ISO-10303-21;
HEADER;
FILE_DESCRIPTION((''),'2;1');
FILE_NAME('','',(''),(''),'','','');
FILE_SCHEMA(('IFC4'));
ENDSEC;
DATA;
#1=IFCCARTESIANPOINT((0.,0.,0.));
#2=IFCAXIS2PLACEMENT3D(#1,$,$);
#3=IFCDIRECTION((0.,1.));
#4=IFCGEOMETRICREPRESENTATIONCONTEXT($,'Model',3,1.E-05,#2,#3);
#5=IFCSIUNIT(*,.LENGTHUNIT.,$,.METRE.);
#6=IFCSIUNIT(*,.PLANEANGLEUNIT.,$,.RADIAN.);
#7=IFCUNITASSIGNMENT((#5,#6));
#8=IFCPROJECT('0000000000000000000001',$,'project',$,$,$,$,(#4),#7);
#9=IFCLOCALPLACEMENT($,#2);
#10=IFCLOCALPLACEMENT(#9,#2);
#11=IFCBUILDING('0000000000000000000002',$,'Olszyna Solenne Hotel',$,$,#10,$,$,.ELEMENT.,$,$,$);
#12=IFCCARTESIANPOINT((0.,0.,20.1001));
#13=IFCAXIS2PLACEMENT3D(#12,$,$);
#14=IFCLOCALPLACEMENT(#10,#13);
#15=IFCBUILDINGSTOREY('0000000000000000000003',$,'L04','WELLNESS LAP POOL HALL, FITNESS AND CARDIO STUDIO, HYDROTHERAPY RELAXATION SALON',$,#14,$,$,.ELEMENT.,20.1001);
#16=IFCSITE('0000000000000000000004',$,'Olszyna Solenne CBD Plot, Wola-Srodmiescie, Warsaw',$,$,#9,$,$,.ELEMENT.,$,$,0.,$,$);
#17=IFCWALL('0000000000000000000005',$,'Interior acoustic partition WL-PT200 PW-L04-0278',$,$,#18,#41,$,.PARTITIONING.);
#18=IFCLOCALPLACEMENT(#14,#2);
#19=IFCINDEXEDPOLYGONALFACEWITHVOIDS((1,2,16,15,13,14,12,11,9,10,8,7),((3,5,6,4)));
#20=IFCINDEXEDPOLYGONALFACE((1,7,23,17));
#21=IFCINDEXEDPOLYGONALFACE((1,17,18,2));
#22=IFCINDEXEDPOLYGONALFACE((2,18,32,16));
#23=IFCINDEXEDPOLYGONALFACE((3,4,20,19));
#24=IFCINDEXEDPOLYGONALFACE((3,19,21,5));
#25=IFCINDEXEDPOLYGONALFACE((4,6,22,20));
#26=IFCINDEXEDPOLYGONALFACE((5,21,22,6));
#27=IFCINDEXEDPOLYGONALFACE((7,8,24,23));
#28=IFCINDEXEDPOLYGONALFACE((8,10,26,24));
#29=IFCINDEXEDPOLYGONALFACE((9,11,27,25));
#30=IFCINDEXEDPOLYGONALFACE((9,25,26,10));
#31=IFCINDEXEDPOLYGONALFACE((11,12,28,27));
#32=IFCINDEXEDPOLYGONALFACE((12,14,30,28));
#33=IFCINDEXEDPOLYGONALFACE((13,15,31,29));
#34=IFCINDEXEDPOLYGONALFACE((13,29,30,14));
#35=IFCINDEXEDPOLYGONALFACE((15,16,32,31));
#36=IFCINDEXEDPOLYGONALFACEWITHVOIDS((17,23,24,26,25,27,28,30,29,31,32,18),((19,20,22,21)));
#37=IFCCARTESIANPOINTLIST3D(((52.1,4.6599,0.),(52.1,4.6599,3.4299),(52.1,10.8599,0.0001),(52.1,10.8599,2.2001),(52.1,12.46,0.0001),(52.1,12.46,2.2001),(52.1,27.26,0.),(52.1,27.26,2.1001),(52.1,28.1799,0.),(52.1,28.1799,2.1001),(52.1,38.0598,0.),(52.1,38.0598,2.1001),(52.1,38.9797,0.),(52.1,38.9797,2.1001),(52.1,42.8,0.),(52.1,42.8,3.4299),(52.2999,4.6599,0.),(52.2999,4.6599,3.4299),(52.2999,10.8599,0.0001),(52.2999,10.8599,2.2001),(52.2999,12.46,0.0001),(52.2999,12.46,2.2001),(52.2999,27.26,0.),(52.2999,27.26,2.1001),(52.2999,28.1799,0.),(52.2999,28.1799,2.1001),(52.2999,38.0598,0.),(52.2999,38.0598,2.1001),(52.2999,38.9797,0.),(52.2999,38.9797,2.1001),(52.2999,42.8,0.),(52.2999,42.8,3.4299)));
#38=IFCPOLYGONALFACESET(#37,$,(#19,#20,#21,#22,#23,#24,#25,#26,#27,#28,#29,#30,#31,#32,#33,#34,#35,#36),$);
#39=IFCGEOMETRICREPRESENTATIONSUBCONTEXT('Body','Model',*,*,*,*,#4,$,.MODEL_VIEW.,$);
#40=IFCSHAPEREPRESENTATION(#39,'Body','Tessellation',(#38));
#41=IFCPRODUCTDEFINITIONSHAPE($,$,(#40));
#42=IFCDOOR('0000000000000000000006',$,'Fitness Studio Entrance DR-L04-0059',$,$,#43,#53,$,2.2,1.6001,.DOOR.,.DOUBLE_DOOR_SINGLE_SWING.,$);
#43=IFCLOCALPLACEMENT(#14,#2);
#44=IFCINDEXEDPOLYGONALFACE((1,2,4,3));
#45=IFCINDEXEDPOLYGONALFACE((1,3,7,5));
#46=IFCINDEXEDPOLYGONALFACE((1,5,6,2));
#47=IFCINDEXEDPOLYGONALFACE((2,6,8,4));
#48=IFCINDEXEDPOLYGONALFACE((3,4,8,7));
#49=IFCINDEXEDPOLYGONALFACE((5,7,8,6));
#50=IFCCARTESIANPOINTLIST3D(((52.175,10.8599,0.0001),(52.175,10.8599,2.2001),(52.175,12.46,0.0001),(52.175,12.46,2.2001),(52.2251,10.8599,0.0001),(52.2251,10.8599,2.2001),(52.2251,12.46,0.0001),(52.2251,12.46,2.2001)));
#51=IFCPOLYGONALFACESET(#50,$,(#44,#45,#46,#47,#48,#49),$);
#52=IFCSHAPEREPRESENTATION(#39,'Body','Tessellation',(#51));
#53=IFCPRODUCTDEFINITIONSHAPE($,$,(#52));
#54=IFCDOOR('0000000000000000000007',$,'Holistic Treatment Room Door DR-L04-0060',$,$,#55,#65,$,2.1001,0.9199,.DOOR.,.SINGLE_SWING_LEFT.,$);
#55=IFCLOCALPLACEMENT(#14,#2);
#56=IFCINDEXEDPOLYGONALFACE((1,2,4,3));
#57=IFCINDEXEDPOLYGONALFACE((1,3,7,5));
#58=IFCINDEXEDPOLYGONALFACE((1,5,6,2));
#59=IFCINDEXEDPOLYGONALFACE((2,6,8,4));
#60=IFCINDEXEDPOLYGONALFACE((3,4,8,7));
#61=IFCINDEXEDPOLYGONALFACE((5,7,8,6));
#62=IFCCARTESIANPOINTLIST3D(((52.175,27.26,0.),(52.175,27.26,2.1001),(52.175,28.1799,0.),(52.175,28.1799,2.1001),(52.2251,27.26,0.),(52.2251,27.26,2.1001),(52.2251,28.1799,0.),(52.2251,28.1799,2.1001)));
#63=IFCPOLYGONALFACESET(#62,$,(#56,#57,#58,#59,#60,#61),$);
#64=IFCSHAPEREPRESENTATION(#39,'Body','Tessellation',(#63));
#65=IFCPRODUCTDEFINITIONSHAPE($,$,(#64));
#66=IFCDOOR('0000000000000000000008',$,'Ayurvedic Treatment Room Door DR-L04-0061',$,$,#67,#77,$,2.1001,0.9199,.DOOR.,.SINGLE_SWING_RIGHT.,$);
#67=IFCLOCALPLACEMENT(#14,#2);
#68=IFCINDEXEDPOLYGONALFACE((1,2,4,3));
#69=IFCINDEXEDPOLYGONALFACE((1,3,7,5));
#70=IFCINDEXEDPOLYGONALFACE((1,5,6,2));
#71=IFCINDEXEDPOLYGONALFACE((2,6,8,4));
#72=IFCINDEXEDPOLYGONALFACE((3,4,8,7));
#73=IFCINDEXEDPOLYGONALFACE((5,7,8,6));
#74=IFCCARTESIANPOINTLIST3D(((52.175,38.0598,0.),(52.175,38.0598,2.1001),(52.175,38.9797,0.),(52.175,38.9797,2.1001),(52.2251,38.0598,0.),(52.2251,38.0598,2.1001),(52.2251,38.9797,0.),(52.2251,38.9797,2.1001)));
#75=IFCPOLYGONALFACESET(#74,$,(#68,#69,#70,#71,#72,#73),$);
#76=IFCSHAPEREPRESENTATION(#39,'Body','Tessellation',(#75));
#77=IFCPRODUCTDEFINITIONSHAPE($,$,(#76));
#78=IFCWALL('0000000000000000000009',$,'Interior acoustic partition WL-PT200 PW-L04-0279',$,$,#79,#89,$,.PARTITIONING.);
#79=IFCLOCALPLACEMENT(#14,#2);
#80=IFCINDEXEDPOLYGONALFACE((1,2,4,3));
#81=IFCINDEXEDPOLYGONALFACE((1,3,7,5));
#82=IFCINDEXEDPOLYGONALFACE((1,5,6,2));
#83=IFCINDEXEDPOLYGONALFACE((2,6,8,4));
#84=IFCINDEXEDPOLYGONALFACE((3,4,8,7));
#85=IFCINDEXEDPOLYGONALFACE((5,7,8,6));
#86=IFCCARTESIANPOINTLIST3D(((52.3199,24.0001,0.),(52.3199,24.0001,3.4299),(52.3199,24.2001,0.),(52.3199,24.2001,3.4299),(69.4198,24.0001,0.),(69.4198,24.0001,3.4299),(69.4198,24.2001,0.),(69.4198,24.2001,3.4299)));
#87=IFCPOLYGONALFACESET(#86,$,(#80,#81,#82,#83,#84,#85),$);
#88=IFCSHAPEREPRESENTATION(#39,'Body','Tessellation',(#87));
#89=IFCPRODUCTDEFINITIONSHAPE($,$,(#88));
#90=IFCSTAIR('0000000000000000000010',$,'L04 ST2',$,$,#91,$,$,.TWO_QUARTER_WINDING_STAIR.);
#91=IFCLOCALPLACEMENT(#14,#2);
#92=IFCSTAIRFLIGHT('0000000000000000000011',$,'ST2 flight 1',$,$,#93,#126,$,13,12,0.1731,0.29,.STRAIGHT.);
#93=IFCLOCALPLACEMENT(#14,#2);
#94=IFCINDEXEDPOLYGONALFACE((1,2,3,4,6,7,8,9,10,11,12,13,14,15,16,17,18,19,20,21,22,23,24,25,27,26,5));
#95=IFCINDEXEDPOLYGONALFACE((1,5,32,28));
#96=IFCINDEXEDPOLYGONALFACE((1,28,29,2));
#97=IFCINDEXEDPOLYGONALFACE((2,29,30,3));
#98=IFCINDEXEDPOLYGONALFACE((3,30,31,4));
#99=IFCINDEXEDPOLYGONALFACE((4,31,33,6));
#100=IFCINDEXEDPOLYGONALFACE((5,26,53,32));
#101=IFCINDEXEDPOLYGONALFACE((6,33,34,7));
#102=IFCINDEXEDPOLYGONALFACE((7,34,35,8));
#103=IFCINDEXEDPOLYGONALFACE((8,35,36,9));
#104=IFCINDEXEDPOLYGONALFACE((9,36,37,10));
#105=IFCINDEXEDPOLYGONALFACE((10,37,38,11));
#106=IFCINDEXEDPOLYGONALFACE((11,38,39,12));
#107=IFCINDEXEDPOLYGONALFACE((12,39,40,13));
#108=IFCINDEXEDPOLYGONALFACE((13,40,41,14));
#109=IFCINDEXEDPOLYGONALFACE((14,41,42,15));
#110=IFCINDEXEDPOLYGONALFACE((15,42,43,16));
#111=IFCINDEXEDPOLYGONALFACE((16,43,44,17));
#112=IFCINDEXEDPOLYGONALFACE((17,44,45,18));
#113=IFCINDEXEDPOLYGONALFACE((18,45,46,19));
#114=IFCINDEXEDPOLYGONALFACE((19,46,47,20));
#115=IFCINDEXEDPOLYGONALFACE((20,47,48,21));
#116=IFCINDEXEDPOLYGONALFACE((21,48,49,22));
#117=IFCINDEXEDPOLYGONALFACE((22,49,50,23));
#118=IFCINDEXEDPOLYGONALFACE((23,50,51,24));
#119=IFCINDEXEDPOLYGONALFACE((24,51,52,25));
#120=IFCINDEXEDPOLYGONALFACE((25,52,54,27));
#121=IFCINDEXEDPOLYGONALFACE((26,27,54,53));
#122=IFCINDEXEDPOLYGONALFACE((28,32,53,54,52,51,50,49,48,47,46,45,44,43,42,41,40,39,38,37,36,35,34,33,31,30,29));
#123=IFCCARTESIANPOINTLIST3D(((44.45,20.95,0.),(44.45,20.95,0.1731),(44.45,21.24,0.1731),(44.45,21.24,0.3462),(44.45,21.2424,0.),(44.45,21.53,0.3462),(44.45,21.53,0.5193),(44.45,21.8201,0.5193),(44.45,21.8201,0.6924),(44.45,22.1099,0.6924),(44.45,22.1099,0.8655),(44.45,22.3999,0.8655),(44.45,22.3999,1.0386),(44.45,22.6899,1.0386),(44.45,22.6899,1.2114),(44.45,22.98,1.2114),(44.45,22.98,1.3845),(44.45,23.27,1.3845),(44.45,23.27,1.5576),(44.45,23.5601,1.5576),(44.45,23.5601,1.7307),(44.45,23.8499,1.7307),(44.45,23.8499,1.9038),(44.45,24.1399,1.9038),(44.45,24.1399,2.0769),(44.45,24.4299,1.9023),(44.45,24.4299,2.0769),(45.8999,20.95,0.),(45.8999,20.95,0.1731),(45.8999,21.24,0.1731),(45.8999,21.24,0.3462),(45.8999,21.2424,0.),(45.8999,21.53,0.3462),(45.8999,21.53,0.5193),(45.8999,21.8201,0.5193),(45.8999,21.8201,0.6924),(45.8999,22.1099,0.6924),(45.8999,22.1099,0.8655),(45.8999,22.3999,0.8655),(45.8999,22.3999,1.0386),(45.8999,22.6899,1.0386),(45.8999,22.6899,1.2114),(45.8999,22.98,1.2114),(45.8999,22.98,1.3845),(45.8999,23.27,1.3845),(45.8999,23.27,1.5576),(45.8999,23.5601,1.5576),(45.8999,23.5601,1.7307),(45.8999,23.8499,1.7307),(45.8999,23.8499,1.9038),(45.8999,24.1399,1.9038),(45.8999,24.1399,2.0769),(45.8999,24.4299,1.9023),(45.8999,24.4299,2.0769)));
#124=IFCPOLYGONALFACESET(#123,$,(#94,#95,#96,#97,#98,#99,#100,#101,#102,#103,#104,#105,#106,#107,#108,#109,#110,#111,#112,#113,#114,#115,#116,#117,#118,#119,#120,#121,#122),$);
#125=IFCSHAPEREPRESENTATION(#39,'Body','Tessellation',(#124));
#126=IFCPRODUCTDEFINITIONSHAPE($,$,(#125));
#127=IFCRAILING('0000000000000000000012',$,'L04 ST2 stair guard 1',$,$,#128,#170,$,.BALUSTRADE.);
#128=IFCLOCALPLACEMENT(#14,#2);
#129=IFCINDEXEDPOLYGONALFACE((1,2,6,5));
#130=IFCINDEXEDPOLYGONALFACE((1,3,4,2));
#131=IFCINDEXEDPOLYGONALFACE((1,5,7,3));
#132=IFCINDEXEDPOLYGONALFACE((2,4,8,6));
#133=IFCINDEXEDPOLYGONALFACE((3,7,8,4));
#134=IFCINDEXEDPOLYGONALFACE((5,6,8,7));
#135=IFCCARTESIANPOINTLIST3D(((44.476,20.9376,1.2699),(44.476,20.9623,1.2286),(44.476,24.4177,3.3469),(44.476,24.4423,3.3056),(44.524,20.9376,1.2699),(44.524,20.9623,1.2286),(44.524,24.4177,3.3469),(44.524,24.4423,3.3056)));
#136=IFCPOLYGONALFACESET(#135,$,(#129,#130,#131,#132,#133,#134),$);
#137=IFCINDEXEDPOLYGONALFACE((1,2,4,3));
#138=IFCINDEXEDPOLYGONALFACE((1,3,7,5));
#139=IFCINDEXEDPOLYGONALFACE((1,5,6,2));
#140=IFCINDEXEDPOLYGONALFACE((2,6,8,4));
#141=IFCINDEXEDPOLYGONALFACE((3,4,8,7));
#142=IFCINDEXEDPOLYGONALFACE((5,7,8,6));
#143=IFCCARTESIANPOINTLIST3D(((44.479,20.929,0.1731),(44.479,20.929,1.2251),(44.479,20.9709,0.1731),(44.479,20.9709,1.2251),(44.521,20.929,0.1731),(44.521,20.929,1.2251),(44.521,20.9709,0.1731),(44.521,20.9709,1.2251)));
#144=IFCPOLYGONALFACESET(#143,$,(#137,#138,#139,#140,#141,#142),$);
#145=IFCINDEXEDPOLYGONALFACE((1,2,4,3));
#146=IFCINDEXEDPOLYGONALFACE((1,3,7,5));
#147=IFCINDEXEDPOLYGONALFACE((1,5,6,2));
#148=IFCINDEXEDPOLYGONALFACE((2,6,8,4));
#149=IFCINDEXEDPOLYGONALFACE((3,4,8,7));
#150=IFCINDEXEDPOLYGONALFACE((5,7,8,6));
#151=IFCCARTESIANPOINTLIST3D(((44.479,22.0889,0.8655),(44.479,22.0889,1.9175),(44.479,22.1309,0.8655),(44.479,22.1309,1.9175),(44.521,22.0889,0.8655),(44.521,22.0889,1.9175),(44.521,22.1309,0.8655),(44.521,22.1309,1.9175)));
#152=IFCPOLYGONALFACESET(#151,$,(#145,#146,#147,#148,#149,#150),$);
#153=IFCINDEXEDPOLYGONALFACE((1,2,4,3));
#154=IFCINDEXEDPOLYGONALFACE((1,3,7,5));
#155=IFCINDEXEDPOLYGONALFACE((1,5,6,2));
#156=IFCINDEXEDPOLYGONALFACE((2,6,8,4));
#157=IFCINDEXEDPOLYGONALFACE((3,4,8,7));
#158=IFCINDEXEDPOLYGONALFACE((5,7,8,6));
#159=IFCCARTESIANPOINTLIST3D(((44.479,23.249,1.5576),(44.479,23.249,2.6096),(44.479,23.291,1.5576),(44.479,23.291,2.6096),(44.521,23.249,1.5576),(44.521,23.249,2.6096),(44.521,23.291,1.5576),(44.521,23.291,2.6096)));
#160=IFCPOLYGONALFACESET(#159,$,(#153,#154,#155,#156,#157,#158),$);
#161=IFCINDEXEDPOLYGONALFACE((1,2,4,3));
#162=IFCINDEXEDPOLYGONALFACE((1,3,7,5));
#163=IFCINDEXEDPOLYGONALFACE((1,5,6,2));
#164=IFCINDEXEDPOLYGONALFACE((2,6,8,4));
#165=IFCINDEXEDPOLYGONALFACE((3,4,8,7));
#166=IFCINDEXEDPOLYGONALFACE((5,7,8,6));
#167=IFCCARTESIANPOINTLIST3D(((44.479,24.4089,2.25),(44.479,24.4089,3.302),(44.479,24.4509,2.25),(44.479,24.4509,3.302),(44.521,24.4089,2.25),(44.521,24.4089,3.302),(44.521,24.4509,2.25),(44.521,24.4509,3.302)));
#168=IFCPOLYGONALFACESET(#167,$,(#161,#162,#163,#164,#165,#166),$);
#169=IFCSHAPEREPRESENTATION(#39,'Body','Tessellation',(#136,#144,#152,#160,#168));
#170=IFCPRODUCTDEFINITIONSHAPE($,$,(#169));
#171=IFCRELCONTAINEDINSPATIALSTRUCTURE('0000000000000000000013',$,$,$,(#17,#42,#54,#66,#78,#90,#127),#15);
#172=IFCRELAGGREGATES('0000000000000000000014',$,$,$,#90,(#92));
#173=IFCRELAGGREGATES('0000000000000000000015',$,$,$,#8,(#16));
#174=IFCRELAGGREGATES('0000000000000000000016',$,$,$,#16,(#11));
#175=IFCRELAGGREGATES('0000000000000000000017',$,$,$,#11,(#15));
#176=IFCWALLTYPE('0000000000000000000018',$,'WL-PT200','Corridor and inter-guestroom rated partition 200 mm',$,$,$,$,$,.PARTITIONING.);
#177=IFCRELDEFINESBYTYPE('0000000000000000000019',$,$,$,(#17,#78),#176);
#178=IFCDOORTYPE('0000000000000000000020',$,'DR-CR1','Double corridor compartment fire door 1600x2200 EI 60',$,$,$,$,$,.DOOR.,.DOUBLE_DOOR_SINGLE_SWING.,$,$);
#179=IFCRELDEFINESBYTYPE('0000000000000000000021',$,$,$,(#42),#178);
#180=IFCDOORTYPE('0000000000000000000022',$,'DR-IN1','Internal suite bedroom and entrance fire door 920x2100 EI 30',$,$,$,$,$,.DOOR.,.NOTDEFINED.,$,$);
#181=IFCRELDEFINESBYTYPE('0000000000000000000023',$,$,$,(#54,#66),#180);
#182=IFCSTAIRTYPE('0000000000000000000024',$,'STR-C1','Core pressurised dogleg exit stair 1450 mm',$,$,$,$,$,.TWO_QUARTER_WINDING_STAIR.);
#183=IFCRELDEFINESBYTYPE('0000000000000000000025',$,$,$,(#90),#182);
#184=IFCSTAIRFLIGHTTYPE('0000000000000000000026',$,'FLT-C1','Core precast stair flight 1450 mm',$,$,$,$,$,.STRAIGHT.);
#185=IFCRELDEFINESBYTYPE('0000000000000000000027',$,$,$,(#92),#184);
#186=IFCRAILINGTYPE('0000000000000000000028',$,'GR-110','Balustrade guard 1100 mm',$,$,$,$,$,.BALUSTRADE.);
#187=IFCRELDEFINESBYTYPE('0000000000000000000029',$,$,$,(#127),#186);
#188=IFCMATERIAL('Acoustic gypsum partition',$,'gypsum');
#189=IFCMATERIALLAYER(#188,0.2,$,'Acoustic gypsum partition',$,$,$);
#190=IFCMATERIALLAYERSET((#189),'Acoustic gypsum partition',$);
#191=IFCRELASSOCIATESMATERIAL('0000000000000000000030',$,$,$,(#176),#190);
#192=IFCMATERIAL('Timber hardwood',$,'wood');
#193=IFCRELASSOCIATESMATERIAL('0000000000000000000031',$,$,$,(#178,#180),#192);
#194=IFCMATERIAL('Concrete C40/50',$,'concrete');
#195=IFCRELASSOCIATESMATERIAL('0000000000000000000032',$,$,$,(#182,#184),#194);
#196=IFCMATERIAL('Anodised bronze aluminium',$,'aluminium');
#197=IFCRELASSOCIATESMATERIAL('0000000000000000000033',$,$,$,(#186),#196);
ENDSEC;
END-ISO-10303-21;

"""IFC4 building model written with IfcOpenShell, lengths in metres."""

from ifc_helpers import new_model, si_unit, direction, frame, frame_2d, origin, origin_2d, place, context, subcontext, project, spatial, polyline, rectangle, outline, extrude, source, transform, mapped, material, layer, layer_set, type_object, type_shapes, element, fill, aggregate, save


model = new_model("IFC4")

# Units and contexts
model_context = context("Model", 3, precision=1e-05, world=origin(), true_north=direction((0.0, 1.0)))
body_context = subcontext(model_context, "Body", "Model", "MODEL_VIEW")
ifc_project = project(units=[si_unit("LENGTHUNIT", "METRE"), si_unit("PLANEANGLEUNIT", "RADIAN")], contexts=[model_context])

# Site, building, storey
site_placement = place(None, origin())
site = spatial("IfcSite", under=ifc_project, at=site_placement, Name="Olszyna Solenne CBD Plot, Wola-Srodmiescie, Warsaw", CompositionType="ELEMENT", RefElevation=0.0)
building_placement = place(site_placement, origin())
building = spatial("IfcBuilding", under=site, at=building_placement, Name="Olszyna Solenne Hotel", CompositionType="ELEMENT")
storey_placement = place(building_placement, frame((0.0, 0.0, 20.1001)))
storey = spatial("IfcBuildingStorey", under=building, at=storey_placement, Name="L04", Description="WELLNESS LAP POOL HALL, FITNESS AND CARDIO STUDIO, HYDROTHERAPY RELAXATION SALON", CompositionType="ELEMENT", Elevation=20.1001)

# Shared definitions
ifc_material_1 = material(Name="Acoustic gypsum partition", Category="gypsum")

# Wall, openings, doors
ifc_layer_1 = layer(ifc_material_1, 0.2, Name="Acoustic gypsum partition")
ifc_layer_set_1 = layer_set([ifc_layer_1], Name="Acoustic gypsum partition")
wall_type_1 = type_object("IfcWallType", Name="WL-PT200", Description="Corridor and inter-guestroom rated partition 200 mm", PredefinedType="PARTITIONING", material=ifc_layer_set_1)
wall_1_placement = place(storey_placement, frame((52.2, 4.6599, 0.0), z_axis=(0.0, 0.0, 1.0), x_axis=(0.0, 1.0, 0.0)))
wall_1 = element("IfcWall", 1, at=wall_1_placement, inside=storey, type_object=wall_type_1, Name="Interior acoustic partition WL-PT200 PW-L04-0278", PredefinedType="PARTITIONING", context=body_context, shape_type="SweptSolid", body=[
    extrude(rectangle(XDim=38.1401, YDim=0.2, at=frame_2d((19.0701, 0.0))), origin(), (0.0, 0.0, 1.0), 3.4299),
])
opening_1_placement = place(wall_1_placement, frame((6.2, 0.0, 0.0)))
opening_1 = element("IfcOpeningElement", 2, at=opening_1_placement, cuts=wall_1, PredefinedType="OPENING", context=body_context, shape_type="SweptSolid", body=[
    extrude(rectangle(XDim=1.6001, YDim=2.2, at=frame_2d((0.8, 1.1001))), frame((0.0, 0.1099, 0.0), z_axis=(0.0, -1.0, 0.0), x_axis=(1.0, 0.0, 0.0)), (0.0, 0.0, 1.0), 0.22),
])
opening_2_placement = place(wall_1_placement, frame((22.6001, 0.0, 0.0)))
opening_2 = element("IfcOpeningElement", 3, at=opening_2_placement, cuts=wall_1, PredefinedType="OPENING", context=body_context, shape_type="SweptSolid", body=[
    extrude(rectangle(XDim=0.9199, YDim=2.1001, at=frame_2d((0.46, 1.05))), frame((0.0, 0.1099, 0.0), z_axis=(0.0, -1.0, 0.0), x_axis=(1.0, 0.0, 0.0)), (0.0, 0.0, 1.0), 0.22),
])
opening_3_placement = place(wall_1_placement, frame((33.3999, 0.0, 0.0)))
opening_3 = element("IfcOpeningElement", 4, at=opening_3_placement, cuts=wall_1, PredefinedType="OPENING", context=body_context, shape_type="SweptSolid", body=[
    extrude(rectangle(XDim=0.9199, YDim=2.1001, at=frame_2d((0.46, 1.05))), frame((0.0, 0.1099, 0.0), z_axis=(0.0, -1.0, 0.0), x_axis=(1.0, 0.0, 0.0)), (0.0, 0.0, 1.0), 0.22),
])
ifc_material_2 = material(Name="Timber hardwood", Category="wood")
door_type_1 = type_object("IfcDoorType", Name="DR-CR1", Description="Double corridor compartment fire door 1600x2200 EI 60", OperationType="DOUBLE_DOOR_SINGLE_SWING", PredefinedType="DOOR", material=ifc_material_2)
shared_shape_1 = source(origin(), body_context, "Body", "SweptSolid", [
    extrude(rectangle(XDim=1.6001, YDim=2.2, at=frame_2d((0.8, 1.1001))), frame((0.0, 0.0249, 0.0), z_axis=(0.0, -1.0, 0.0), x_axis=(1.0, 0.0, 0.0)), (0.0, 0.0, 1.0), 0.05),
])
type_shapes(door_type_1, [shared_shape_1])
door_1_placement = place(opening_1_placement, origin())
door_1 = element("IfcDoor", 5, at=door_1_placement, inside=storey, type_object=door_type_1, Name="Fitness Studio Entrance DR-L04-0059", OperationType="DOUBLE_DOOR_SINGLE_SWING", OverallHeight=2.2, OverallWidth=1.6001, PredefinedType="DOOR", context=body_context, shape_type="MappedRepresentation", body=[
    mapped(shared_shape_1, transform((0.0, 0.0, 0.0), x_axis=(1.0, 0.0, 0.0), y_axis=(0.0, 1.0, 0.0), z_axis=(0.0, 0.0, 1.0), scale=1.0)),
])
fill(opening_1, door_1)
door_type_2 = type_object("IfcDoorType", Name="DR-IN1", Description="Internal suite bedroom and entrance fire door 920x2100 EI 30", OperationType="NOTDEFINED", PredefinedType="DOOR", material=ifc_material_2)
shared_shape_2 = source(origin(), body_context, "Body", "SweptSolid", [
    extrude(rectangle(XDim=0.9199, YDim=2.1001, at=frame_2d((0.46, 1.05))), frame((0.0, 0.0249, 0.0), z_axis=(0.0, -1.0, 0.0), x_axis=(1.0, 0.0, 0.0)), (0.0, 0.0, 1.0), 0.05),
])
type_shapes(door_type_2, [shared_shape_2])
door_2_placement = place(opening_2_placement, origin())
door_2 = element("IfcDoor", 6, at=door_2_placement, inside=storey, type_object=door_type_2, Name="Holistic Treatment Room Door DR-L04-0060", OperationType="SINGLE_SWING_LEFT", OverallHeight=2.1001, OverallWidth=0.9199, PredefinedType="DOOR", context=body_context, shape_type="MappedRepresentation", body=[
    mapped(shared_shape_2, transform((0.0, 0.0, 0.0), x_axis=(1.0, 0.0, 0.0), y_axis=(0.0, 1.0, 0.0), z_axis=(0.0, 0.0, 1.0), scale=1.0)),
])
fill(opening_2, door_2)
door_3_placement = place(opening_3_placement, origin())
door_3 = element("IfcDoor", 7, at=door_3_placement, inside=storey, type_object=door_type_2, Name="Ayurvedic Treatment Room Door DR-L04-0061", OperationType="SINGLE_SWING_RIGHT", OverallHeight=2.1001, OverallWidth=0.9199, PredefinedType="DOOR", context=body_context, shape_type="MappedRepresentation", body=[
    mapped(shared_shape_2, transform((0.0, 0.0, 0.0), x_axis=(1.0, 0.0, 0.0), y_axis=(0.0, 1.0, 0.0), z_axis=(0.0, 0.0, 1.0), scale=1.0)),
])
fill(opening_3, door_3)

# Wall
wall_2_placement = place(storey_placement, frame((52.3201, 24.1001, 0.0), z_axis=(0.0, 0.0, 1.0), x_axis=(1.0, 0.0, 0.0)))
element("IfcWall", 8, at=wall_2_placement, inside=storey, type_object=wall_type_1, Name="Interior acoustic partition WL-PT200 PW-L04-0279", PredefinedType="PARTITIONING", context=body_context, shape_type="SweptSolid", body=[
    extrude(rectangle(XDim=17.0999, YDim=0.2, at=frame_2d((8.5498, 0.0))), origin(), (0.0, 0.0, 1.0), 3.4299),
])

# Stair, stair flight
ifc_material_3 = material(Name="Concrete C40/50", Category="concrete")
stair_type = type_object("IfcStairType", Name="STR-C1", Description="Core pressurised dogleg exit stair 1450 mm", PredefinedType="TWO_QUARTER_WINDING_STAIR", material=ifc_material_3)
stair_placement = place(storey_placement, origin())
stair = element("IfcStair", 9, at=stair_placement, inside=storey, type_object=stair_type, Name="L04 ST2", PredefinedType="TWO_QUARTER_WINDING_STAIR")
stair_flight_type = type_object("IfcStairFlightType", Name="FLT-C1", Description="Core precast stair flight 1450 mm", PredefinedType="STRAIGHT", material=ifc_material_3)
stair_flight_placement = place(storey_placement, frame((45.175, 20.95, 0.0), z_axis=(0.0, 0.0, 1.0), x_axis=(0.0, 1.0, 0.0)))
stair_flight = element("IfcStairFlight", 10, at=stair_flight_placement, type_object=stair_flight_type, Name="ST2 flight 1", NumberOfRisers=13, NumberOfTreads=12, PredefinedType="STRAIGHT", RiserHeight=0.1731, TreadLength=0.29, context=body_context, shape_type="SweptSolid", body=[
    extrude(outline(polyline([(0.0, 0.0), (0.0, 0.1731), (0.29, 0.1731), (0.29, 0.3462), (0.5801, 0.3462), (0.5801, 0.5193), (0.8701, 0.5193), (0.8701, 0.6924), (1.1599, 0.6924), (1.1599, 0.8655), (1.45, 0.8655), (1.45, 1.0386), (1.74, 1.0386), (1.74, 1.2114), (2.03, 1.2114), (2.03, 1.3845), (2.3201, 1.3845), (2.3201, 1.5576), (2.6101, 1.5576), (2.6101, 1.7307), (2.8999, 1.7307), (2.8999, 1.9038), (3.1899, 1.9038), (3.1899, 2.0769), (3.48, 2.0769), (3.48, 2.25), (3.48, 1.9023), (0.2925, 0.0), (0.0, 0.0)])), frame((0.0, 0.7251, 0.0), z_axis=(0.0, -1.0, 0.0), x_axis=(1.0, 0.0, 0.0)), (0.0, 0.0, 1.0), 1.45),
])
aggregate(stair, [stair_flight])

# Railing
ifc_material_4 = material(Name="Anodised bronze aluminium", Category="aluminium")
railing_type_1 = type_object("IfcRailingType", Name="GR-110", Description="Balustrade guard 1100 mm", PredefinedType="BALUSTRADE", material=ifc_material_4)
railing_1_placement = place(storey_placement, frame((44.5, 20.95, 0.1731)))
element("IfcRailing", 11, at=railing_1_placement, inside=storey, type_object=railing_type_1, Name="L04 ST2 stair guard 1", PredefinedType="BALUSTRADE", context=body_context, shape_type="SweptSolid", body=[
    extrude(rectangle(XDim=0.0481, YDim=0.0481, at=origin_2d()), frame((0.0, 0.0, 1.0762), z_axis=(0.0, 0.858697, 0.512483), x_axis=(-1.0, 0.0, 0.0)), (0.0, 0.0, 1.0), 4.0527),
    extrude(rectangle(XDim=0.042, YDim=0.042, at=origin_2d()), origin(), (0.0, 0.0, 1.0), 1.052),
    extrude(rectangle(XDim=0.042, YDim=0.042, at=origin_2d()), frame((0.0, 1.1599, 0.6924)), (0.0, 0.0, 1.0), 1.052),
    extrude(rectangle(XDim=0.042, YDim=0.042, at=origin_2d()), frame((0.0, 2.3201, 1.3845)), (0.0, 0.0, 1.0), 1.052),
    extrude(rectangle(XDim=0.042, YDim=0.042, at=origin_2d()), frame((0.0, 3.48, 2.0769)), (0.0, 0.0, 1.0), 1.052),
])

save(model, "model.ifc")
